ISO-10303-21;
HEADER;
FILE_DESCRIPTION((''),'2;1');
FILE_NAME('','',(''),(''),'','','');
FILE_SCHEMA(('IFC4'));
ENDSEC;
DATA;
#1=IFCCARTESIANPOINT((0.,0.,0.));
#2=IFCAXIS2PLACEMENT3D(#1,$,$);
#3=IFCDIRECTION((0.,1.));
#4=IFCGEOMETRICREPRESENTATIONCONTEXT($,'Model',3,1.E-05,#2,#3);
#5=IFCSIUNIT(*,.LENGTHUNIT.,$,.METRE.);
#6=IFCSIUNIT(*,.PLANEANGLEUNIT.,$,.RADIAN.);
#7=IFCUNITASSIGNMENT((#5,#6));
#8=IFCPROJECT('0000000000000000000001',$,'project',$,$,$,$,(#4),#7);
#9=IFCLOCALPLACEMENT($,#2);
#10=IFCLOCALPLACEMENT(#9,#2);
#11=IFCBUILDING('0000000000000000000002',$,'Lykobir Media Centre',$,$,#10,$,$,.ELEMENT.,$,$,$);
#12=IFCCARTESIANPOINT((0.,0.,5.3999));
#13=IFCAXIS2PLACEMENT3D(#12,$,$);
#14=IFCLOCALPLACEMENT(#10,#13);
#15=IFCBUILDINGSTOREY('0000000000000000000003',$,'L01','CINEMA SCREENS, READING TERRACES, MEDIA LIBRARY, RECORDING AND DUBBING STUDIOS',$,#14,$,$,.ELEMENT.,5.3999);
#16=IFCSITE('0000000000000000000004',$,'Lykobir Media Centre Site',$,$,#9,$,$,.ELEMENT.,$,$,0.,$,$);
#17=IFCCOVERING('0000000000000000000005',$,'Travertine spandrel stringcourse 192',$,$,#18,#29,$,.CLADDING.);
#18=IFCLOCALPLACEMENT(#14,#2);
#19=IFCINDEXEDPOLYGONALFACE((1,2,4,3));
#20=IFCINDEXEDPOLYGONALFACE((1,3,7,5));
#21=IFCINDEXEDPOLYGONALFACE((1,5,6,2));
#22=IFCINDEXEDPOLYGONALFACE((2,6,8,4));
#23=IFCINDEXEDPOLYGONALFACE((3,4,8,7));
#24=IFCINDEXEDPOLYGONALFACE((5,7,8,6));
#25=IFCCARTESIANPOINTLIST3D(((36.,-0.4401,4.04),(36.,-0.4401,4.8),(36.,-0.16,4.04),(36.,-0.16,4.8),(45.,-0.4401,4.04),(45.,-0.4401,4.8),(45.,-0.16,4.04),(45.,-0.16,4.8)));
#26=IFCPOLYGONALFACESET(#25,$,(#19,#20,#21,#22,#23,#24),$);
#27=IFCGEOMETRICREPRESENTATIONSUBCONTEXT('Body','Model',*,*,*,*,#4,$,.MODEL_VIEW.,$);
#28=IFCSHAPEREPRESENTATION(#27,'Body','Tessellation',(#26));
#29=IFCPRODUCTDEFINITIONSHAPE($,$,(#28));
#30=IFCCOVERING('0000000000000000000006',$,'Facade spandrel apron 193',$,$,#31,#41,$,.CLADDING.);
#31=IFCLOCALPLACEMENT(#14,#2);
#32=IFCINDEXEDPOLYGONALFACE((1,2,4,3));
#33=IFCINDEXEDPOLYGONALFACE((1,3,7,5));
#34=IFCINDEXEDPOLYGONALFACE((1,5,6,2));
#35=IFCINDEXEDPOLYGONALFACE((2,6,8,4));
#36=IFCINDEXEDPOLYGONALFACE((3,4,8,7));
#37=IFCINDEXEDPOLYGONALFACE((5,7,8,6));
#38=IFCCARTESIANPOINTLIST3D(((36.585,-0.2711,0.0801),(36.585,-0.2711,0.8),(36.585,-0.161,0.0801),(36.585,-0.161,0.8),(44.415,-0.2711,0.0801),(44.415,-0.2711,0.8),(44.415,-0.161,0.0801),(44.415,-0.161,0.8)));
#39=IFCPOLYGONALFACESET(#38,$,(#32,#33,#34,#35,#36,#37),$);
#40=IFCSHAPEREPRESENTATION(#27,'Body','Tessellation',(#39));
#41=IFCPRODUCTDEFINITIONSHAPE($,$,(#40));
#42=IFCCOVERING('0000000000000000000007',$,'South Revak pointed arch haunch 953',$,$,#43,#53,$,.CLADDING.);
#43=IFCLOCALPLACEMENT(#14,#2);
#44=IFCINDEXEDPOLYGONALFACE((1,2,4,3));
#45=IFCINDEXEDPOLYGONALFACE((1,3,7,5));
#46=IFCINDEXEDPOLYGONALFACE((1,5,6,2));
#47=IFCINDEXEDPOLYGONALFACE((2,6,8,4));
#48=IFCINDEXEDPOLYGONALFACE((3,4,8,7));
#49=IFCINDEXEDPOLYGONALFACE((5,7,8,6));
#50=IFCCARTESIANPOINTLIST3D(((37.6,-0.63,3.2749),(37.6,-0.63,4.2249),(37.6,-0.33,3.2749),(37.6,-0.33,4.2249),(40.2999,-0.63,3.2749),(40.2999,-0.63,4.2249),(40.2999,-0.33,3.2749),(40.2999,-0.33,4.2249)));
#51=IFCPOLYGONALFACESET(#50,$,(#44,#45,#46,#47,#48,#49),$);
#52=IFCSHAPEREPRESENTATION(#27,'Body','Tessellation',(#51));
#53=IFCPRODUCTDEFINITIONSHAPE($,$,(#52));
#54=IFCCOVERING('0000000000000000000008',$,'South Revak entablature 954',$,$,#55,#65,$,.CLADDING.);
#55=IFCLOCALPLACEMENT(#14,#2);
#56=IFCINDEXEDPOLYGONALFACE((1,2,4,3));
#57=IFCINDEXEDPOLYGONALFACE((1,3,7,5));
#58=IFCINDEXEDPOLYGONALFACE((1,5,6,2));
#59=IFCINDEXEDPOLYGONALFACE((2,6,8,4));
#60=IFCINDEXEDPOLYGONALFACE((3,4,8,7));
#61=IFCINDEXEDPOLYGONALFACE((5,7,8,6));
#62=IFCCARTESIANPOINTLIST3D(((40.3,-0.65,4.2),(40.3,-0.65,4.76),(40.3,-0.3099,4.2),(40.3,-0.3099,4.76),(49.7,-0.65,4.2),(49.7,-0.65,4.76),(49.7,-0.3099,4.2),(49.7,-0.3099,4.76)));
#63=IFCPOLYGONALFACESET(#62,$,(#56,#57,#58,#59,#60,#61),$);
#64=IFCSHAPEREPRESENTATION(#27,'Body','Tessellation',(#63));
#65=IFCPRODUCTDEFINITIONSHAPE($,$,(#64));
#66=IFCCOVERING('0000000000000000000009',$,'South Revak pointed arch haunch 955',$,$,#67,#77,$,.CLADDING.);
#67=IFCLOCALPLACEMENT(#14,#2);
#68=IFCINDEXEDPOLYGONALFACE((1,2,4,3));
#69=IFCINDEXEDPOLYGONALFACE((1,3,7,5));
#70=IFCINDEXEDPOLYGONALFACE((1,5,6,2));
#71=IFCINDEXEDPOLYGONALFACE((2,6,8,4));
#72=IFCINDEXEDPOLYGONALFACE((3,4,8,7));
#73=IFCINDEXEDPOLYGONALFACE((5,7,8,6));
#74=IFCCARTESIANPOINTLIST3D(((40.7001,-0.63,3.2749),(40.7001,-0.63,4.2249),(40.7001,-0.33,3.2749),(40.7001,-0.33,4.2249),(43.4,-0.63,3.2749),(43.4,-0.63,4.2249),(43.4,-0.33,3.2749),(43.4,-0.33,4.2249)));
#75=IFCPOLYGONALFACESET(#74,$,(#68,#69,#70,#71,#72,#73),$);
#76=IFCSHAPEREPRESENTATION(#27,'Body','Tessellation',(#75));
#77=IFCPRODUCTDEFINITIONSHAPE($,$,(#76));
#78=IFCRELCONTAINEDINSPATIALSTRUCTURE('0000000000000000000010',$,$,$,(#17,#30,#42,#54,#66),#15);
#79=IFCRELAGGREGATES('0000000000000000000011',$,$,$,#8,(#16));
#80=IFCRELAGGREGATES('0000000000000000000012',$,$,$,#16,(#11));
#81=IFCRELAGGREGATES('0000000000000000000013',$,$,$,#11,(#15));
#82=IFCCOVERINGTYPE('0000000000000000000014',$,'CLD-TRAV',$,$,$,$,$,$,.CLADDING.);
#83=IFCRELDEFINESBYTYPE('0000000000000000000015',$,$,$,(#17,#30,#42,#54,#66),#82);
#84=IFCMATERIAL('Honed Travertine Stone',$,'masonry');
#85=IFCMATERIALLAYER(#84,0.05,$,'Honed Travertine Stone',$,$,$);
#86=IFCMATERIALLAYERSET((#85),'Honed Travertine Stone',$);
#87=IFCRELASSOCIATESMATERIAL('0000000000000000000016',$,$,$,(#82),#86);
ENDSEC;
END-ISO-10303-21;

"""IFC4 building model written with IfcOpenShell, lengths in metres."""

from ifc_helpers import new_model, si_unit, direction, frame, origin, origin_2d, place, context, subcontext, project, spatial, rectangle, extrude, material, layer, layer_set, type_object, element, save


model = new_model("IFC4")

# Units and contexts
model_context = context("Model", 3, precision=1e-05, world=origin(), true_north=direction((0.0, 1.0)))
body_context = subcontext(model_context, "Body", "Model", "MODEL_VIEW")
ifc_project = project(units=[si_unit("LENGTHUNIT", "METRE"), si_unit("PLANEANGLEUNIT", "RADIAN")], contexts=[model_context])

# Site, building, storey
site_placement = place(None, origin())
site = spatial("IfcSite", under=ifc_project, at=site_placement, Name="Lykobir Media Centre Site", CompositionType="ELEMENT", RefElevation=0.0)
building_placement = place(site_placement, origin())
building = spatial("IfcBuilding", under=site, at=building_placement, Name="Lykobir Media Centre", CompositionType="ELEMENT")
storey_placement = place(building_placement, frame((0.0, 0.0, 5.3999)))
storey = spatial("IfcBuildingStorey", under=building, at=storey_placement, Name="L01", Description="CINEMA SCREENS, READING TERRACES, MEDIA LIBRARY, RECORDING AND DUBBING STUDIOS", CompositionType="ELEMENT", Elevation=5.3999)

# Shared definitions
ifc_material_1 = material(Name="Honed Travertine Stone", Category="masonry")

# Coverings
ifc_layer_1 = layer(ifc_material_1, 0.05, Name="Honed Travertine Stone")
ifc_layer_set_1 = layer_set([ifc_layer_1], Name="Honed Travertine Stone")
covering_type = type_object("IfcCoveringType", Name="CLD-TRAV", PredefinedType="CLADDING", material=ifc_layer_set_1)
covering_1_placement = place(storey_placement, frame((40.5, -0.3, 4.04), z_axis=(0.0, 0.0, 1.0), x_axis=(1.0, 0.0, 0.0)))
element("IfcCovering", 1, at=covering_1_placement, inside=storey, type_object=covering_type, Name="Travertine spandrel stringcourse 192", PredefinedType="CLADDING", context=body_context, shape_type="SweptSolid", body=[
    extrude(rectangle(XDim=9.0, YDim=0.28, at=origin_2d()), origin(), (0.0, 0.0, 1.0), 0.76),
])
covering_2_placement = place(storey_placement, frame((40.5, -0.2161, 0.0801), z_axis=(0.0, 0.0, 1.0), x_axis=(1.0, 0.0, 0.0)))
element("IfcCovering", 2, at=covering_2_placement, inside=storey, type_object=covering_type, Name="Facade spandrel apron 193", PredefinedType="CLADDING", context=body_context, shape_type="SweptSolid", body=[
    extrude(rectangle(XDim=7.8301, YDim=0.1101, at=origin_2d()), origin(), (0.0, 0.0, 1.0), 0.72),
])
covering_3_placement = place(storey_placement, frame((38.95, -0.48, 3.2749), z_axis=(0.0, 0.0, 1.0), x_axis=(1.0, 0.0, 0.0)))
element("IfcCovering", 3, at=covering_3_placement, inside=storey, type_object=covering_type, Name="South Revak pointed arch haunch 953", PredefinedType="CLADDING", context=body_context, shape_type="SweptSolid", body=[
    extrude(rectangle(XDim=2.7, YDim=0.3, at=origin_2d()), origin(), (0.0, 0.0, 1.0), 0.95),
])
covering_4_placement = place(storey_placement, frame((45.0, -0.48, 4.2), z_axis=(0.0, 0.0, 1.0), x_axis=(1.0, 0.0, 0.0)))
element("IfcCovering", 4, at=covering_4_placement, inside=storey, type_object=covering_type, Name="South Revak entablature 954", PredefinedType="CLADDING", context=body_context, shape_type="SweptSolid", body=[
    extrude(rectangle(XDim=9.3999, YDim=0.3401, at=origin_2d()), origin(), (0.0, 0.0, 1.0), 0.5601),
])
covering_5_placement = place(storey_placement, frame((42.05, -0.48, 3.2749), z_axis=(0.0, 0.0, 1.0), x_axis=(1.0, 0.0, 0.0)))
element("IfcCovering", 5, at=covering_5_placement, inside=storey, type_object=covering_type, Name="South Revak pointed arch haunch 955", PredefinedType="CLADDING", context=body_context, shape_type="SweptSolid", body=[
    extrude(rectangle(XDim=2.7, YDim=0.3, at=origin_2d()), origin(), (0.0, 0.0, 1.0), 0.95),
])

save(model, "model.ifc")
